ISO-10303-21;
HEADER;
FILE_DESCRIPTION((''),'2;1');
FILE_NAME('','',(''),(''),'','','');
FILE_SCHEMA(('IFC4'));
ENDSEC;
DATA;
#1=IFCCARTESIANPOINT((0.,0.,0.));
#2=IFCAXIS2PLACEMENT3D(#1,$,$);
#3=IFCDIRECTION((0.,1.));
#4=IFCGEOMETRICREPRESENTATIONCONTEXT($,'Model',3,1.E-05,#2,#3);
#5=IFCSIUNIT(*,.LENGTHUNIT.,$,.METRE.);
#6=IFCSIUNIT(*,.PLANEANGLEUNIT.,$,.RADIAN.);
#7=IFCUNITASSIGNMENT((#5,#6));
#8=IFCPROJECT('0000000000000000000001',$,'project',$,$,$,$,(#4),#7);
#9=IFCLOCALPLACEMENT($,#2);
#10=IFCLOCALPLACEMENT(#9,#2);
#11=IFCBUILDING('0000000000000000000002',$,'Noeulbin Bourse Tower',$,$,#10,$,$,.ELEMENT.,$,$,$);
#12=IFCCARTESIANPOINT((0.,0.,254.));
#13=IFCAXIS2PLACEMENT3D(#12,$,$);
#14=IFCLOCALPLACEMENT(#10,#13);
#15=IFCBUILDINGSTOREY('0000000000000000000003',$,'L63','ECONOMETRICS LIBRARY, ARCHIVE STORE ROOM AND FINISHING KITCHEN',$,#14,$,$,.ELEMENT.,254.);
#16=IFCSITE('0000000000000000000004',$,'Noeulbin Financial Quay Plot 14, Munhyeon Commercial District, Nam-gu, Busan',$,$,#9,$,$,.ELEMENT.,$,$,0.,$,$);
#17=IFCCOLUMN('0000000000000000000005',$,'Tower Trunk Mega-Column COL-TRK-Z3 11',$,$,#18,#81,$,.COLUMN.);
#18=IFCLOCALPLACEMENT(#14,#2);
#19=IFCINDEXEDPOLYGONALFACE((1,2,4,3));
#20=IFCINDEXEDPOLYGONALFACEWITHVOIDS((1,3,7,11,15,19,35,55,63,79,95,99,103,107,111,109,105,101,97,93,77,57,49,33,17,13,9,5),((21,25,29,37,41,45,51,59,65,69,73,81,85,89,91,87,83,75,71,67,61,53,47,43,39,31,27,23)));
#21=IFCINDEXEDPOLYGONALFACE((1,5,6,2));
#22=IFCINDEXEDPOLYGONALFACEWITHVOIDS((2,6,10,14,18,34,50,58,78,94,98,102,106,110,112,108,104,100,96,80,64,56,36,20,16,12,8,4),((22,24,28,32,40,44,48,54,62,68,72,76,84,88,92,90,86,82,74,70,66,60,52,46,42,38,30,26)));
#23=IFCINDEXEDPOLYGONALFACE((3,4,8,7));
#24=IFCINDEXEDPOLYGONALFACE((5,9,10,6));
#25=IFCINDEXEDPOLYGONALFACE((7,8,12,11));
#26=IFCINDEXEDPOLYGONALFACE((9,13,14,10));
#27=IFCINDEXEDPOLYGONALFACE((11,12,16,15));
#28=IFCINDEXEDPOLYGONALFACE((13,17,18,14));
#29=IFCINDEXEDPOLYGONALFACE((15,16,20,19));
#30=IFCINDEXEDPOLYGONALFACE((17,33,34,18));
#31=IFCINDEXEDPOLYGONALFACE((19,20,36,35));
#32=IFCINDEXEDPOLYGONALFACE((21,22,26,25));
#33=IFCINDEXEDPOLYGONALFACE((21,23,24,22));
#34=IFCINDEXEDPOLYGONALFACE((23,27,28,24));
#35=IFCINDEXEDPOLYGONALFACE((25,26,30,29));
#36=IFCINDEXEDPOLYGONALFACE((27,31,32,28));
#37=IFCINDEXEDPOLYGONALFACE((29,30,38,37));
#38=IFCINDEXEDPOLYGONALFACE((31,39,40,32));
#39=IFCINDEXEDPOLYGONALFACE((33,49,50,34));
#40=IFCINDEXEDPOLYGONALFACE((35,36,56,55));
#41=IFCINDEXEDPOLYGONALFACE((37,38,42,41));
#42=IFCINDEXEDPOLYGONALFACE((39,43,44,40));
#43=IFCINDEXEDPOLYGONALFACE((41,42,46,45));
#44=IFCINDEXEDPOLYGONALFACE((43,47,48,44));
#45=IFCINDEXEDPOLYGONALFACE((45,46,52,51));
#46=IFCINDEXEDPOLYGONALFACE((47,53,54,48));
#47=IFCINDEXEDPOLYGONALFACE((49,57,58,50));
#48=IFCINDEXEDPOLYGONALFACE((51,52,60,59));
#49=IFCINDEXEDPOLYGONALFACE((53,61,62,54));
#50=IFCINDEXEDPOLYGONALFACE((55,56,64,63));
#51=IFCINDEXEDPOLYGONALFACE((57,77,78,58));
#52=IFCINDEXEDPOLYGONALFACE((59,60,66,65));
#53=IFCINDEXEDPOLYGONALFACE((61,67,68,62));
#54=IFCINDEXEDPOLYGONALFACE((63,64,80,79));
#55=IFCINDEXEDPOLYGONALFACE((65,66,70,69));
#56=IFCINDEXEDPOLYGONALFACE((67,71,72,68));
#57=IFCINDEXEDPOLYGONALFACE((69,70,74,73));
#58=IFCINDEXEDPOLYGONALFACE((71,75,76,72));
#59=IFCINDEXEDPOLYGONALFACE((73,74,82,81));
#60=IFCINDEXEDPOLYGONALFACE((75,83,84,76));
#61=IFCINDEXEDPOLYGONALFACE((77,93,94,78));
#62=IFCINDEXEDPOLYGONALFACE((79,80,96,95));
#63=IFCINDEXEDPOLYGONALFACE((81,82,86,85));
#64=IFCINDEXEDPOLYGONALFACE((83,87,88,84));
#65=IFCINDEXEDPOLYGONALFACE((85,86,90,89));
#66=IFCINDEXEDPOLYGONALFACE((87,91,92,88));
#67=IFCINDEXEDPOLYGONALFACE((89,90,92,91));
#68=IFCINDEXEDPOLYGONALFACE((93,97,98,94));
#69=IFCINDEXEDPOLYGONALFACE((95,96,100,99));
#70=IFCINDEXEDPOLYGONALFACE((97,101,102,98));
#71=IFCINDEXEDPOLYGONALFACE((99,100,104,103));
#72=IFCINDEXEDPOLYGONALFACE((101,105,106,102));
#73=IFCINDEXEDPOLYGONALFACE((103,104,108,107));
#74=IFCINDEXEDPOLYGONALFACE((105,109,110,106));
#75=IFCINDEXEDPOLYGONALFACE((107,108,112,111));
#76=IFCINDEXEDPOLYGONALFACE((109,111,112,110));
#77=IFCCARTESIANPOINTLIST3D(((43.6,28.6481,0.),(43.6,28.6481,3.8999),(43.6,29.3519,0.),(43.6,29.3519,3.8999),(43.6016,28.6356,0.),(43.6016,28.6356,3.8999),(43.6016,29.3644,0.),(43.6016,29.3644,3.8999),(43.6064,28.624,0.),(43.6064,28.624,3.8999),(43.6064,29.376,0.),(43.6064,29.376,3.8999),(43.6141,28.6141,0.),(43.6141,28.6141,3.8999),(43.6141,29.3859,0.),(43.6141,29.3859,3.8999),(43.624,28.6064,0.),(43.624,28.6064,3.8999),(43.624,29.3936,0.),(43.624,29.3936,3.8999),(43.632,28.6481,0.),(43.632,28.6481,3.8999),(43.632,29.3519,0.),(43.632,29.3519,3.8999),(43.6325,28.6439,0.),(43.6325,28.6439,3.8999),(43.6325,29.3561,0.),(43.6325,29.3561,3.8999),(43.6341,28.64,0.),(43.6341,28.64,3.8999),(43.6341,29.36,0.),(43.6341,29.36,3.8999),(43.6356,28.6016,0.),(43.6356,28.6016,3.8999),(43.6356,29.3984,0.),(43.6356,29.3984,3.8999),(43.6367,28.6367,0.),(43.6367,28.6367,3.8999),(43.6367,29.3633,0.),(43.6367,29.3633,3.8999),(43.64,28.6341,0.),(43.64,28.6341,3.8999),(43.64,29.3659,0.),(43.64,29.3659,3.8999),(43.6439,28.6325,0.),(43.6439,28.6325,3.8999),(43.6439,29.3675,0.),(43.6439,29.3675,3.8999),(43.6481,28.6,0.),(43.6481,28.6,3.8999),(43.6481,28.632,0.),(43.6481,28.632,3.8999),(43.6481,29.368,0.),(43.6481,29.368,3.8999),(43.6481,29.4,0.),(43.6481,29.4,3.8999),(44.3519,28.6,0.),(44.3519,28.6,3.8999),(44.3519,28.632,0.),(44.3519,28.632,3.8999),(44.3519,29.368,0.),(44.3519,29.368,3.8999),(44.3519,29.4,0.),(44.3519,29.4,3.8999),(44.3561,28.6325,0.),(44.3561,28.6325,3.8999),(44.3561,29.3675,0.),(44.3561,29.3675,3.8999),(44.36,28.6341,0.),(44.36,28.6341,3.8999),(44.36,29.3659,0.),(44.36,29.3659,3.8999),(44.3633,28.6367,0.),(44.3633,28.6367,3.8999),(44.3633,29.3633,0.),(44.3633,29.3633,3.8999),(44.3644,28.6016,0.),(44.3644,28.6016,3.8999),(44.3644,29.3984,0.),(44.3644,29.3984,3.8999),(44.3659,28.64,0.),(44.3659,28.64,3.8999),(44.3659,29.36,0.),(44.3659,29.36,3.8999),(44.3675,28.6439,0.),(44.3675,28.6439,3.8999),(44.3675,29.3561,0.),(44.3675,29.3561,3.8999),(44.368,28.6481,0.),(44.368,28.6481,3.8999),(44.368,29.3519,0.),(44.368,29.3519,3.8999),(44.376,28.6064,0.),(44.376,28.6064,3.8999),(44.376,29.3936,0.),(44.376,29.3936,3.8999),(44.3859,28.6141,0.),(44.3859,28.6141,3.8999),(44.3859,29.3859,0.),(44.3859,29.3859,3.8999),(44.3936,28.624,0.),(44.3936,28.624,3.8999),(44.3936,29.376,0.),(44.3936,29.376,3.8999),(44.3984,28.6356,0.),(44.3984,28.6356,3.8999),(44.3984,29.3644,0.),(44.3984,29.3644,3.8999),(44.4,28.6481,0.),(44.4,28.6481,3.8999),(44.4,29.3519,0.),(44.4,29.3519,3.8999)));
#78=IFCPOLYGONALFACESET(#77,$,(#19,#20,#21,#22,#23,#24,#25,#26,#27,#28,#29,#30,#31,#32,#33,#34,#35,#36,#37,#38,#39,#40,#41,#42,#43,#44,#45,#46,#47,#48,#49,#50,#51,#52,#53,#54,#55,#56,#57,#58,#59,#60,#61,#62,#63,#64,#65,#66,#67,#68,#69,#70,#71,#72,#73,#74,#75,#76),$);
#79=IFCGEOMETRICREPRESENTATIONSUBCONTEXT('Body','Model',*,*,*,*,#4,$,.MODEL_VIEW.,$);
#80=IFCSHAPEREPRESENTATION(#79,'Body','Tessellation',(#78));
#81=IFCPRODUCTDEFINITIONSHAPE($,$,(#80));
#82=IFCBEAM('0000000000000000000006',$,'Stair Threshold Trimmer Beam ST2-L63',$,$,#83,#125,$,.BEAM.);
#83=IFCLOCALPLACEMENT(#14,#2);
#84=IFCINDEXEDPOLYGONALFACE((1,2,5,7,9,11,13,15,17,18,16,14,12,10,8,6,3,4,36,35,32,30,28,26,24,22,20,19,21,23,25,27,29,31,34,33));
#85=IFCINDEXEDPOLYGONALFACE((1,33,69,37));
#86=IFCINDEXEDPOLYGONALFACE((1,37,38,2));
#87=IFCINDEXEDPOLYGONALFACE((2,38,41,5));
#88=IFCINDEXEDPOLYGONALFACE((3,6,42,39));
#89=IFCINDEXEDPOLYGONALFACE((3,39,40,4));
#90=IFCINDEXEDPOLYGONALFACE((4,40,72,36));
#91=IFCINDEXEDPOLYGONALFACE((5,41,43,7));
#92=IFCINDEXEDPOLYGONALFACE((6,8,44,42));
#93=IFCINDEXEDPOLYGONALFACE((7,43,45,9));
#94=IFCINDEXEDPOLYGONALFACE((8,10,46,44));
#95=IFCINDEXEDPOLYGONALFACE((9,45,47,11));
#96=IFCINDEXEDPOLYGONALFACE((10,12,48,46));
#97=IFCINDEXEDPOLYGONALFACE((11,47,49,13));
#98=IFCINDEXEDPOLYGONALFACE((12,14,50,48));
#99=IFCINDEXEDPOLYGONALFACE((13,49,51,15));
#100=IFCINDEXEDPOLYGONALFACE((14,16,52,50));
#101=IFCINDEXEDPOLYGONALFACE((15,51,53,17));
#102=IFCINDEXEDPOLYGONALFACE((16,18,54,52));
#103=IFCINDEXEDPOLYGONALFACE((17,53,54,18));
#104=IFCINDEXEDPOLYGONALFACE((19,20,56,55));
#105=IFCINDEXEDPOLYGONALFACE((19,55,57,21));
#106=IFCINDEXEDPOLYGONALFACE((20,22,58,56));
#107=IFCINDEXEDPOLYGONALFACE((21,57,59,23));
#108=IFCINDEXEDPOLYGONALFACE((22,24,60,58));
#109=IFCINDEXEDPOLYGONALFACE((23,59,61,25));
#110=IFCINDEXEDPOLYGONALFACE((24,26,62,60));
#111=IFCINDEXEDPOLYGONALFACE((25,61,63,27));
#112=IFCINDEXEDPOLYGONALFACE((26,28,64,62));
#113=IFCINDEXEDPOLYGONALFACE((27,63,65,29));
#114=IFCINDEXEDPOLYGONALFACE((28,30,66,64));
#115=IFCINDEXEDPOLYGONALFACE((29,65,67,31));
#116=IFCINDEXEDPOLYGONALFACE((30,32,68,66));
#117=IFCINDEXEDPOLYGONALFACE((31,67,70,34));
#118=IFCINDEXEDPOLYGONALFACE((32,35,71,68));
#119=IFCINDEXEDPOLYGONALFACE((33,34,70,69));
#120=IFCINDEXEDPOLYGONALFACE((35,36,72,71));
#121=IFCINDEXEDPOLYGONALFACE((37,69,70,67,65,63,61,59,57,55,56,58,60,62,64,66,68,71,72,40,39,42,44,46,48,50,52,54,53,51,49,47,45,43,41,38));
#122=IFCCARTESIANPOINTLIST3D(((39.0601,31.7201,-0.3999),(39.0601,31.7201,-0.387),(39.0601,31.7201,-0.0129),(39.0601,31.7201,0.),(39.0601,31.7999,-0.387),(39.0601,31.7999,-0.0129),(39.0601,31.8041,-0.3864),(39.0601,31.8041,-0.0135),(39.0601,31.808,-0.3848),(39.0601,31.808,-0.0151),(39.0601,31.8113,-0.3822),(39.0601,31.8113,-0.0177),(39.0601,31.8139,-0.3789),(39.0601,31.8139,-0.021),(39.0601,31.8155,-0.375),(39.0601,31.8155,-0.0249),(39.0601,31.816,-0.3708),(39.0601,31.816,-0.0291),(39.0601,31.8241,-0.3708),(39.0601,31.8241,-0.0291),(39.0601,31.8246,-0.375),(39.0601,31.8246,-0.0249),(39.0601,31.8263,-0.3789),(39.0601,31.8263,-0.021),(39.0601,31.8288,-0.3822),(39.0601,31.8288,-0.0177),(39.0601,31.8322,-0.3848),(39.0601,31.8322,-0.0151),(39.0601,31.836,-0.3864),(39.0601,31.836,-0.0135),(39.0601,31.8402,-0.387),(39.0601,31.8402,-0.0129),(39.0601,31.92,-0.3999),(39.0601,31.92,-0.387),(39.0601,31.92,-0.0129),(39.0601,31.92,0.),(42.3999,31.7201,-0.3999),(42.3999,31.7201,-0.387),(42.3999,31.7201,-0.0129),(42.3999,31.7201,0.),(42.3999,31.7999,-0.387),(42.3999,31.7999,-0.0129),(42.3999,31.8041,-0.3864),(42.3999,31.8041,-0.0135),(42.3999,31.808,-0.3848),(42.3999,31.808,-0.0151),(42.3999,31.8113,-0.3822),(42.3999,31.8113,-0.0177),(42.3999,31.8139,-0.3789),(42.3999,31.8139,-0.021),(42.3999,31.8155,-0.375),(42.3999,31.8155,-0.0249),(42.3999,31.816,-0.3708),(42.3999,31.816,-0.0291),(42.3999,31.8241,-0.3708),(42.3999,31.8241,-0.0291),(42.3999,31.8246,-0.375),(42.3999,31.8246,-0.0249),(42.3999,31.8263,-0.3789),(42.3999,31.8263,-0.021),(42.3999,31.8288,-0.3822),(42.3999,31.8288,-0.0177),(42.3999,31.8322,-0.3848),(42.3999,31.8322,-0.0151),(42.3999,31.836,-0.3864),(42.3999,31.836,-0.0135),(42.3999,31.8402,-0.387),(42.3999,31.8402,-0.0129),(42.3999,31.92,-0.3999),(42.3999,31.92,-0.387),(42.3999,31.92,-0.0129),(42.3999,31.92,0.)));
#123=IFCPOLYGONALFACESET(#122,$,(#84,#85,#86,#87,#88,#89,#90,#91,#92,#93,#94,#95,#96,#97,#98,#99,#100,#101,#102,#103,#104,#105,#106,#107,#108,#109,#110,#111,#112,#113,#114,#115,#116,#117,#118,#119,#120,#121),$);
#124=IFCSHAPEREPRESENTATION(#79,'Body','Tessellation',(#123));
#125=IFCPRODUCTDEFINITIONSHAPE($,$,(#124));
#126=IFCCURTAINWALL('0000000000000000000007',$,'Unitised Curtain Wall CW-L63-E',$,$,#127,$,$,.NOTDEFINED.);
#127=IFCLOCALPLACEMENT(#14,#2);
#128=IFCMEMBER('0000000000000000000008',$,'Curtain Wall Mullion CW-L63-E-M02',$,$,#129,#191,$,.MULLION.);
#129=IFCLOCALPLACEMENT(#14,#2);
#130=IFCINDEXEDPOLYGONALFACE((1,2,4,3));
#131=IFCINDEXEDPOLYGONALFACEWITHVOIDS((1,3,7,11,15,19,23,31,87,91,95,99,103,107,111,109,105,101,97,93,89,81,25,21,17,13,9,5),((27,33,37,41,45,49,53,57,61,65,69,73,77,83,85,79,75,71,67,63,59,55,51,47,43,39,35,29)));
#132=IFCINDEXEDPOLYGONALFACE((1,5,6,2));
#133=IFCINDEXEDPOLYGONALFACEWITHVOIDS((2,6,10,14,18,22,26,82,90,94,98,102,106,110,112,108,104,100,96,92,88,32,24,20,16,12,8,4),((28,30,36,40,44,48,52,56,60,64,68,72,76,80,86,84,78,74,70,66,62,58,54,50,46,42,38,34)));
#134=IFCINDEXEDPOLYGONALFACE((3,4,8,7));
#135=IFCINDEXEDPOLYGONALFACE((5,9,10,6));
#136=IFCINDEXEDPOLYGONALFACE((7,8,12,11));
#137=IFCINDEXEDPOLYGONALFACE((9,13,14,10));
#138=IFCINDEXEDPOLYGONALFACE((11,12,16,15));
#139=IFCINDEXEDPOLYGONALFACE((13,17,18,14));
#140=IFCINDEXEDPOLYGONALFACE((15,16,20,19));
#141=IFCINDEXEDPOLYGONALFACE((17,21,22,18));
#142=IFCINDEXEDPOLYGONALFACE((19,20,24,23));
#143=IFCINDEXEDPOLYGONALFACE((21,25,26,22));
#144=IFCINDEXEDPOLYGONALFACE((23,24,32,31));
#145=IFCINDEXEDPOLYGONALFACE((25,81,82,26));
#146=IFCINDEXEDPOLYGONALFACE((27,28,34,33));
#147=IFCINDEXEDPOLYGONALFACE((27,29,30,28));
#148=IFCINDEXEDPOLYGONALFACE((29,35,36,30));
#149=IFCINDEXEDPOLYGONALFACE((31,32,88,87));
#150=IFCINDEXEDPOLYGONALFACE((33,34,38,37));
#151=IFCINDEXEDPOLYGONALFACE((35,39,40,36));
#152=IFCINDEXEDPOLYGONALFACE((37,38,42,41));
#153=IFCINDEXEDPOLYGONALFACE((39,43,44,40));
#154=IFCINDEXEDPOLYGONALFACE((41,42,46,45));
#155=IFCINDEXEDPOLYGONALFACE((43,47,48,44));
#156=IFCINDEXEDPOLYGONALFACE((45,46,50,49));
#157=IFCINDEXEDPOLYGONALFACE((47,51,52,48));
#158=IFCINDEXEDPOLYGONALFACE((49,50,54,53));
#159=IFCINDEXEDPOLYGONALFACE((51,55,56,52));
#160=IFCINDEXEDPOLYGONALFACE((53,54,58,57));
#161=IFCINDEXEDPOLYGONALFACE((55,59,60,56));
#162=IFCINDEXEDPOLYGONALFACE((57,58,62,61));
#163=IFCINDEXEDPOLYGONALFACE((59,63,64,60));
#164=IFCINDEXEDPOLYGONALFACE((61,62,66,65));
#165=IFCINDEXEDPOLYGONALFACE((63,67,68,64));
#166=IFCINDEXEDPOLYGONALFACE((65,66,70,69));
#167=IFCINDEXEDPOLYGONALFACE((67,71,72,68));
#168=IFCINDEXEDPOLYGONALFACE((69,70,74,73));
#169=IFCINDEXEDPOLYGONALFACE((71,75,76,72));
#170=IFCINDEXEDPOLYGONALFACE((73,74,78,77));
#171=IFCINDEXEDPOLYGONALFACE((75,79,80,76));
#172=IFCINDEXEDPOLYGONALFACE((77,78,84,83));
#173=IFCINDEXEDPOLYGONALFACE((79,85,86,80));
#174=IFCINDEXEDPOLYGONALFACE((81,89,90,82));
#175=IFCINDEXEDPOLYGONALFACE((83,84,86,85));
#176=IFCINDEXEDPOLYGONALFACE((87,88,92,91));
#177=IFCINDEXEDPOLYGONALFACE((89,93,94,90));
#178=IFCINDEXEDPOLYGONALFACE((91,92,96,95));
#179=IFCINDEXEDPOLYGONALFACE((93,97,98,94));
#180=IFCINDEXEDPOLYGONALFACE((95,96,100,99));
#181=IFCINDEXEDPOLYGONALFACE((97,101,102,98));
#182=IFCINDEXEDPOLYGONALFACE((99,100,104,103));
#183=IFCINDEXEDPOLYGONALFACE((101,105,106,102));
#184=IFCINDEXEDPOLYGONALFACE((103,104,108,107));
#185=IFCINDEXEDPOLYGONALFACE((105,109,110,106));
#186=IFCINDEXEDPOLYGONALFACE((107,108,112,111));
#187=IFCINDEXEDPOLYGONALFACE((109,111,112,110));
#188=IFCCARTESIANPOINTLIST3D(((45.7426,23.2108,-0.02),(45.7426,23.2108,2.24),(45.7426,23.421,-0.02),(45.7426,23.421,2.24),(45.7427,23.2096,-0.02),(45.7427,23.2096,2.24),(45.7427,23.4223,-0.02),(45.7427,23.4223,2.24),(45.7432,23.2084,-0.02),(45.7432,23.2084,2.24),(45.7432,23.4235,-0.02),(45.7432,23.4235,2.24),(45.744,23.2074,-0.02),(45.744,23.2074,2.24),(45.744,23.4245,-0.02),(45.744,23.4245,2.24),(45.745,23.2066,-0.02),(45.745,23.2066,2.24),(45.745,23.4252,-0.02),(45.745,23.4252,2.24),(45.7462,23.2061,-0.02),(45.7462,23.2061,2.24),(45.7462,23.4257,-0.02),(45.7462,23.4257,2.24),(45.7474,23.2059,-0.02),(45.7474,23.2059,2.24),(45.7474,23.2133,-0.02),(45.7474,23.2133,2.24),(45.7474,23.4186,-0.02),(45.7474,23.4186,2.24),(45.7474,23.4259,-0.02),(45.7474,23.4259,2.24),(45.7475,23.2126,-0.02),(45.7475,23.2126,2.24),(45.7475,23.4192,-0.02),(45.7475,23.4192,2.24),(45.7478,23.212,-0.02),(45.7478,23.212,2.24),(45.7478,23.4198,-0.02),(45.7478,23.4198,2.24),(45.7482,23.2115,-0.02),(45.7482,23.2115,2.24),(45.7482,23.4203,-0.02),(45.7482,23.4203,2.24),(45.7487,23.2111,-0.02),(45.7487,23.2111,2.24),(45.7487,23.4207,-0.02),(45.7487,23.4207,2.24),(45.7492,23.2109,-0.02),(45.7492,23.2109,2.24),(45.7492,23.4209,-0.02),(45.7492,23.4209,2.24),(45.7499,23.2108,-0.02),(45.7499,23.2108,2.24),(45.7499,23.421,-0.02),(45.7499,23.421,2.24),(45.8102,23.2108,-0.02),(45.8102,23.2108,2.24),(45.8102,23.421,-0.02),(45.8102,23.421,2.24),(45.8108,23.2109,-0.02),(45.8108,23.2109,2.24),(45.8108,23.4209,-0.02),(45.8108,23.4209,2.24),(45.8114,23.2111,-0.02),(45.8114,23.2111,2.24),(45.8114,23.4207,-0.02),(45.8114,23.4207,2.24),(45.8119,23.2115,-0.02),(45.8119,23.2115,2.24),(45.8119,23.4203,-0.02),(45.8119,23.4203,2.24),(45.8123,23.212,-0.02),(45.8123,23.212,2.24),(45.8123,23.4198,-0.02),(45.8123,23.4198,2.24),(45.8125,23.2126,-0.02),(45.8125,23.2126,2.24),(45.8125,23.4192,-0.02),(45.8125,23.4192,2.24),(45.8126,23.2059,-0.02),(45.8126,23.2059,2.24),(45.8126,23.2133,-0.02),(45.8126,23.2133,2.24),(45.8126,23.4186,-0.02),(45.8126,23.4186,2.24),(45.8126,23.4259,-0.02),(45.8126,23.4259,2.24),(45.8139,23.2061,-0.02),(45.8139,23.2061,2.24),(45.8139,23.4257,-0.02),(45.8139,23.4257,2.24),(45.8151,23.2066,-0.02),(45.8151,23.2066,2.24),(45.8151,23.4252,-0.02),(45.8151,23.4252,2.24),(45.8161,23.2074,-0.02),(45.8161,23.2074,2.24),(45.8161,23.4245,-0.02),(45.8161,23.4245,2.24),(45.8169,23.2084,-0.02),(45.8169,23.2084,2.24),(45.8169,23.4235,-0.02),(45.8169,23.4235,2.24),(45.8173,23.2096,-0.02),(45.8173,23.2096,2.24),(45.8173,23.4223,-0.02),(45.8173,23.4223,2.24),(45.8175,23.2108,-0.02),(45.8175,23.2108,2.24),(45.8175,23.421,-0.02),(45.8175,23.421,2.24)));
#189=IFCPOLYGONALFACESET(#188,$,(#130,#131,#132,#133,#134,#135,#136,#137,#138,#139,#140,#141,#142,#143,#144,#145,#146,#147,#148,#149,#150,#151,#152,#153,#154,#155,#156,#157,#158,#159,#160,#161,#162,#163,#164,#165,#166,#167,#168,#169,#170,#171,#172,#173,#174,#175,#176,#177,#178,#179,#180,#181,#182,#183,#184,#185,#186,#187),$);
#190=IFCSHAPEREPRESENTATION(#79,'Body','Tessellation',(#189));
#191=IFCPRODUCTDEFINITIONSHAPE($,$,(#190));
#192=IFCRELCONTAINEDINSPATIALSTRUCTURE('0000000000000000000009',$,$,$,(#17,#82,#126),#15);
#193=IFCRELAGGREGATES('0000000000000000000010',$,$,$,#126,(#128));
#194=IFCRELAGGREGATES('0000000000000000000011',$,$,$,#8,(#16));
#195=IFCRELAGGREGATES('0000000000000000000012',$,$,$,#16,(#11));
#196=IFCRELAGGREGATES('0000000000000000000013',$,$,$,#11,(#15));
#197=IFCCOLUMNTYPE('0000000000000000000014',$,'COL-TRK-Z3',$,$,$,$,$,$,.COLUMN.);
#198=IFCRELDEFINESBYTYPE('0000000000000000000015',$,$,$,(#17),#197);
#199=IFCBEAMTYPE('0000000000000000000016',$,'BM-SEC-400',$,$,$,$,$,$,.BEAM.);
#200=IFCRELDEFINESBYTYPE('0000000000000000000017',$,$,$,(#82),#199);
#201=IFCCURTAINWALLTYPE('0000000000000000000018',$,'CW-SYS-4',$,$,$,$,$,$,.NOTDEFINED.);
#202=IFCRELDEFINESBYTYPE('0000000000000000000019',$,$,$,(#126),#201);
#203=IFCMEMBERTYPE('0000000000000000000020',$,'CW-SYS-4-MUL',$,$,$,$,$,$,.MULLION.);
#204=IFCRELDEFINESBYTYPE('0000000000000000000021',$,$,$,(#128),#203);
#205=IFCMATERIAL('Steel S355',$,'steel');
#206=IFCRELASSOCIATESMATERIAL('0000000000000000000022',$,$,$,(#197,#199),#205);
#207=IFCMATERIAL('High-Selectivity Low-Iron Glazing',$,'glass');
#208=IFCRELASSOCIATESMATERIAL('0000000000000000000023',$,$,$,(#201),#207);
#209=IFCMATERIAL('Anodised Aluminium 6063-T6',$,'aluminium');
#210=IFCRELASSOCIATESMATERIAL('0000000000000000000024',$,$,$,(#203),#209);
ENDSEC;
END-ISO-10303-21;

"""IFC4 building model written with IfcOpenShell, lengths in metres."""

from ifc_helpers import new_model, si_unit, direction, frame, origin, origin_2d, place, context, subcontext, project, spatial, hollow_rectangle, i_section, extrude, material, material_profile, profile_set, type_object, element, aggregate, save


model = new_model("IFC4")

# Units and contexts
model_context = context("Model", 3, precision=1e-05, world=origin(), true_north=direction((0.0, 1.0)))
body_context = subcontext(model_context, "Body", "Model", "MODEL_VIEW")
ifc_project = project(units=[si_unit("LENGTHUNIT", "METRE"), si_unit("PLANEANGLEUNIT", "RADIAN")], contexts=[model_context])

# Site, building, storey
site_placement = place(None, origin())
site = spatial("IfcSite", under=ifc_project, at=site_placement, Name="Noeulbin Financial Quay Plot 14, Munhyeon Commercial District, Nam-gu, Busan", CompositionType="ELEMENT", RefElevation=0.0)
building_placement = place(site_placement, origin())
building = spatial("IfcBuilding", under=site, at=building_placement, Name="Noeulbin Bourse Tower", CompositionType="ELEMENT")
storey_placement = place(building_placement, frame((0.0, 0.0, 254.0)))
storey = spatial("IfcBuildingStorey", under=building, at=storey_placement, Name="L63", Description="ECONOMETRICS LIBRARY, ARCHIVE STORE ROOM AND FINISHING KITCHEN", CompositionType="ELEMENT", Elevation=254.0)

# Column
ifc_material_1 = material(Name="Steel S355", Category="steel")
ifc_material_profile_1 = material_profile(ifc_material_1, hollow_rectangle(XDim=0.8, YDim=0.8, WallThickness=0.032, InnerFilletRadius=0.0161, OuterFilletRadius=0.0481, at=origin_2d()), Name="BOX-800x800x32", Category="LoadBearing")
ifc_profile_set_1 = profile_set([ifc_material_profile_1], Name="Steel S355")
column_type = type_object("IfcColumnType", Name="COL-TRK-Z3", PredefinedType="COLUMN", material=ifc_profile_set_1)
column_placement = place(storey_placement, frame((44.0, 29.0, 0.0), z_axis=(0.0, 0.0, 1.0), x_axis=(1.0, 0.0, 0.0)))
element("IfcColumn", 1, at=column_placement, inside=storey, type_object=column_type, Name="Tower Trunk Mega-Column COL-TRK-Z3 11", PredefinedType="COLUMN", context=body_context, shape_type="SweptSolid", body=[
    extrude(hollow_rectangle(XDim=0.8, YDim=0.8, WallThickness=0.032, InnerFilletRadius=0.0161, OuterFilletRadius=0.0481, at=origin_2d()), origin(), (0.0, 0.0, 1.0), 3.8999),
])

# Beam
ifc_material_profile_2 = material_profile(ifc_material_1, i_section(OverallWidth=0.2, OverallDepth=0.3999, WebThickness=0.0081, FlangeThickness=0.0129, FilletRadius=0.0161, at=origin_2d()), Name="H-400x200x8x13", Category="LoadBearing")
ifc_profile_set_2 = profile_set([ifc_material_profile_2], Name="Steel S355")
beam_type = type_object("IfcBeamType", Name="BM-SEC-400", PredefinedType="BEAM", material=ifc_profile_set_2)
beam_placement = place(storey_placement, frame((39.0601, 31.8201, -0.2), z_axis=(1.0, 0.0, 0.0), x_axis=(0.0, 1.0, 0.0)))
element("IfcBeam", 2, at=beam_placement, inside=storey, type_object=beam_type, Name="Stair Threshold Trimmer Beam ST2-L63", PredefinedType="BEAM", context=body_context, shape_type="SweptSolid", body=[
    extrude(i_section(OverallWidth=0.2, OverallDepth=0.3999, WebThickness=0.0081, FlangeThickness=0.0129, FilletRadius=0.0161, at=origin_2d()), origin(), (0.0, 0.0, 1.0), 3.3398),
])

# Curtain wall, member
ifc_material_2 = material(Name="High-Selectivity Low-Iron Glazing", Category="glass")
curtain_wall_type = type_object("IfcCurtainWallType", Name="CW-SYS-4", PredefinedType="NOTDEFINED", material=ifc_material_2)
curtain_wall_placement = place(storey_placement, origin())
curtain_wall = element("IfcCurtainWall", 3, at=curtain_wall_placement, inside=storey, type_object=curtain_wall_type, Name="Unitised Curtain Wall CW-L63-E", PredefinedType="NOTDEFINED")
ifc_material_3 = material(Name="Anodised Aluminium 6063-T6", Category="aluminium")
ifc_material_profile_3 = material_profile(ifc_material_3, hollow_rectangle(XDim=0.075, YDim=0.22, WallThickness=0.0049, InnerFilletRadius=0.0024, OuterFilletRadius=0.0049, at=origin_2d()), Name="ALU-MULL-75x220x5", Category="LoadBearing")
ifc_profile_set_3 = profile_set([ifc_material_profile_3], Name="Anodised Aluminium 6063-T6")
member_type = type_object("IfcMemberType", Name="CW-SYS-4-MUL", PredefinedType="MULLION", material=ifc_profile_set_3)
member_1_placement = place(storey_placement, frame((45.78, 23.3159, -0.02), z_axis=(0.0, 0.0, 1.0), x_axis=(1.0, 0.0, 0.0)))
member_1 = element("IfcMember", 4, at=member_1_placement, type_object=member_type, Name="Curtain Wall Mullion CW-L63-E-M02", PredefinedType="MULLION", context=body_context, shape_type="SweptSolid", body=[
    extrude(hollow_rectangle(XDim=0.075, YDim=0.22, WallThickness=0.0049, InnerFilletRadius=0.0024, OuterFilletRadius=0.0049, at=origin_2d()), origin(), (0.0, 0.0, 1.0), 2.26),
])
aggregate(curtain_wall, [member_1])

save(model, "model.ifc")
